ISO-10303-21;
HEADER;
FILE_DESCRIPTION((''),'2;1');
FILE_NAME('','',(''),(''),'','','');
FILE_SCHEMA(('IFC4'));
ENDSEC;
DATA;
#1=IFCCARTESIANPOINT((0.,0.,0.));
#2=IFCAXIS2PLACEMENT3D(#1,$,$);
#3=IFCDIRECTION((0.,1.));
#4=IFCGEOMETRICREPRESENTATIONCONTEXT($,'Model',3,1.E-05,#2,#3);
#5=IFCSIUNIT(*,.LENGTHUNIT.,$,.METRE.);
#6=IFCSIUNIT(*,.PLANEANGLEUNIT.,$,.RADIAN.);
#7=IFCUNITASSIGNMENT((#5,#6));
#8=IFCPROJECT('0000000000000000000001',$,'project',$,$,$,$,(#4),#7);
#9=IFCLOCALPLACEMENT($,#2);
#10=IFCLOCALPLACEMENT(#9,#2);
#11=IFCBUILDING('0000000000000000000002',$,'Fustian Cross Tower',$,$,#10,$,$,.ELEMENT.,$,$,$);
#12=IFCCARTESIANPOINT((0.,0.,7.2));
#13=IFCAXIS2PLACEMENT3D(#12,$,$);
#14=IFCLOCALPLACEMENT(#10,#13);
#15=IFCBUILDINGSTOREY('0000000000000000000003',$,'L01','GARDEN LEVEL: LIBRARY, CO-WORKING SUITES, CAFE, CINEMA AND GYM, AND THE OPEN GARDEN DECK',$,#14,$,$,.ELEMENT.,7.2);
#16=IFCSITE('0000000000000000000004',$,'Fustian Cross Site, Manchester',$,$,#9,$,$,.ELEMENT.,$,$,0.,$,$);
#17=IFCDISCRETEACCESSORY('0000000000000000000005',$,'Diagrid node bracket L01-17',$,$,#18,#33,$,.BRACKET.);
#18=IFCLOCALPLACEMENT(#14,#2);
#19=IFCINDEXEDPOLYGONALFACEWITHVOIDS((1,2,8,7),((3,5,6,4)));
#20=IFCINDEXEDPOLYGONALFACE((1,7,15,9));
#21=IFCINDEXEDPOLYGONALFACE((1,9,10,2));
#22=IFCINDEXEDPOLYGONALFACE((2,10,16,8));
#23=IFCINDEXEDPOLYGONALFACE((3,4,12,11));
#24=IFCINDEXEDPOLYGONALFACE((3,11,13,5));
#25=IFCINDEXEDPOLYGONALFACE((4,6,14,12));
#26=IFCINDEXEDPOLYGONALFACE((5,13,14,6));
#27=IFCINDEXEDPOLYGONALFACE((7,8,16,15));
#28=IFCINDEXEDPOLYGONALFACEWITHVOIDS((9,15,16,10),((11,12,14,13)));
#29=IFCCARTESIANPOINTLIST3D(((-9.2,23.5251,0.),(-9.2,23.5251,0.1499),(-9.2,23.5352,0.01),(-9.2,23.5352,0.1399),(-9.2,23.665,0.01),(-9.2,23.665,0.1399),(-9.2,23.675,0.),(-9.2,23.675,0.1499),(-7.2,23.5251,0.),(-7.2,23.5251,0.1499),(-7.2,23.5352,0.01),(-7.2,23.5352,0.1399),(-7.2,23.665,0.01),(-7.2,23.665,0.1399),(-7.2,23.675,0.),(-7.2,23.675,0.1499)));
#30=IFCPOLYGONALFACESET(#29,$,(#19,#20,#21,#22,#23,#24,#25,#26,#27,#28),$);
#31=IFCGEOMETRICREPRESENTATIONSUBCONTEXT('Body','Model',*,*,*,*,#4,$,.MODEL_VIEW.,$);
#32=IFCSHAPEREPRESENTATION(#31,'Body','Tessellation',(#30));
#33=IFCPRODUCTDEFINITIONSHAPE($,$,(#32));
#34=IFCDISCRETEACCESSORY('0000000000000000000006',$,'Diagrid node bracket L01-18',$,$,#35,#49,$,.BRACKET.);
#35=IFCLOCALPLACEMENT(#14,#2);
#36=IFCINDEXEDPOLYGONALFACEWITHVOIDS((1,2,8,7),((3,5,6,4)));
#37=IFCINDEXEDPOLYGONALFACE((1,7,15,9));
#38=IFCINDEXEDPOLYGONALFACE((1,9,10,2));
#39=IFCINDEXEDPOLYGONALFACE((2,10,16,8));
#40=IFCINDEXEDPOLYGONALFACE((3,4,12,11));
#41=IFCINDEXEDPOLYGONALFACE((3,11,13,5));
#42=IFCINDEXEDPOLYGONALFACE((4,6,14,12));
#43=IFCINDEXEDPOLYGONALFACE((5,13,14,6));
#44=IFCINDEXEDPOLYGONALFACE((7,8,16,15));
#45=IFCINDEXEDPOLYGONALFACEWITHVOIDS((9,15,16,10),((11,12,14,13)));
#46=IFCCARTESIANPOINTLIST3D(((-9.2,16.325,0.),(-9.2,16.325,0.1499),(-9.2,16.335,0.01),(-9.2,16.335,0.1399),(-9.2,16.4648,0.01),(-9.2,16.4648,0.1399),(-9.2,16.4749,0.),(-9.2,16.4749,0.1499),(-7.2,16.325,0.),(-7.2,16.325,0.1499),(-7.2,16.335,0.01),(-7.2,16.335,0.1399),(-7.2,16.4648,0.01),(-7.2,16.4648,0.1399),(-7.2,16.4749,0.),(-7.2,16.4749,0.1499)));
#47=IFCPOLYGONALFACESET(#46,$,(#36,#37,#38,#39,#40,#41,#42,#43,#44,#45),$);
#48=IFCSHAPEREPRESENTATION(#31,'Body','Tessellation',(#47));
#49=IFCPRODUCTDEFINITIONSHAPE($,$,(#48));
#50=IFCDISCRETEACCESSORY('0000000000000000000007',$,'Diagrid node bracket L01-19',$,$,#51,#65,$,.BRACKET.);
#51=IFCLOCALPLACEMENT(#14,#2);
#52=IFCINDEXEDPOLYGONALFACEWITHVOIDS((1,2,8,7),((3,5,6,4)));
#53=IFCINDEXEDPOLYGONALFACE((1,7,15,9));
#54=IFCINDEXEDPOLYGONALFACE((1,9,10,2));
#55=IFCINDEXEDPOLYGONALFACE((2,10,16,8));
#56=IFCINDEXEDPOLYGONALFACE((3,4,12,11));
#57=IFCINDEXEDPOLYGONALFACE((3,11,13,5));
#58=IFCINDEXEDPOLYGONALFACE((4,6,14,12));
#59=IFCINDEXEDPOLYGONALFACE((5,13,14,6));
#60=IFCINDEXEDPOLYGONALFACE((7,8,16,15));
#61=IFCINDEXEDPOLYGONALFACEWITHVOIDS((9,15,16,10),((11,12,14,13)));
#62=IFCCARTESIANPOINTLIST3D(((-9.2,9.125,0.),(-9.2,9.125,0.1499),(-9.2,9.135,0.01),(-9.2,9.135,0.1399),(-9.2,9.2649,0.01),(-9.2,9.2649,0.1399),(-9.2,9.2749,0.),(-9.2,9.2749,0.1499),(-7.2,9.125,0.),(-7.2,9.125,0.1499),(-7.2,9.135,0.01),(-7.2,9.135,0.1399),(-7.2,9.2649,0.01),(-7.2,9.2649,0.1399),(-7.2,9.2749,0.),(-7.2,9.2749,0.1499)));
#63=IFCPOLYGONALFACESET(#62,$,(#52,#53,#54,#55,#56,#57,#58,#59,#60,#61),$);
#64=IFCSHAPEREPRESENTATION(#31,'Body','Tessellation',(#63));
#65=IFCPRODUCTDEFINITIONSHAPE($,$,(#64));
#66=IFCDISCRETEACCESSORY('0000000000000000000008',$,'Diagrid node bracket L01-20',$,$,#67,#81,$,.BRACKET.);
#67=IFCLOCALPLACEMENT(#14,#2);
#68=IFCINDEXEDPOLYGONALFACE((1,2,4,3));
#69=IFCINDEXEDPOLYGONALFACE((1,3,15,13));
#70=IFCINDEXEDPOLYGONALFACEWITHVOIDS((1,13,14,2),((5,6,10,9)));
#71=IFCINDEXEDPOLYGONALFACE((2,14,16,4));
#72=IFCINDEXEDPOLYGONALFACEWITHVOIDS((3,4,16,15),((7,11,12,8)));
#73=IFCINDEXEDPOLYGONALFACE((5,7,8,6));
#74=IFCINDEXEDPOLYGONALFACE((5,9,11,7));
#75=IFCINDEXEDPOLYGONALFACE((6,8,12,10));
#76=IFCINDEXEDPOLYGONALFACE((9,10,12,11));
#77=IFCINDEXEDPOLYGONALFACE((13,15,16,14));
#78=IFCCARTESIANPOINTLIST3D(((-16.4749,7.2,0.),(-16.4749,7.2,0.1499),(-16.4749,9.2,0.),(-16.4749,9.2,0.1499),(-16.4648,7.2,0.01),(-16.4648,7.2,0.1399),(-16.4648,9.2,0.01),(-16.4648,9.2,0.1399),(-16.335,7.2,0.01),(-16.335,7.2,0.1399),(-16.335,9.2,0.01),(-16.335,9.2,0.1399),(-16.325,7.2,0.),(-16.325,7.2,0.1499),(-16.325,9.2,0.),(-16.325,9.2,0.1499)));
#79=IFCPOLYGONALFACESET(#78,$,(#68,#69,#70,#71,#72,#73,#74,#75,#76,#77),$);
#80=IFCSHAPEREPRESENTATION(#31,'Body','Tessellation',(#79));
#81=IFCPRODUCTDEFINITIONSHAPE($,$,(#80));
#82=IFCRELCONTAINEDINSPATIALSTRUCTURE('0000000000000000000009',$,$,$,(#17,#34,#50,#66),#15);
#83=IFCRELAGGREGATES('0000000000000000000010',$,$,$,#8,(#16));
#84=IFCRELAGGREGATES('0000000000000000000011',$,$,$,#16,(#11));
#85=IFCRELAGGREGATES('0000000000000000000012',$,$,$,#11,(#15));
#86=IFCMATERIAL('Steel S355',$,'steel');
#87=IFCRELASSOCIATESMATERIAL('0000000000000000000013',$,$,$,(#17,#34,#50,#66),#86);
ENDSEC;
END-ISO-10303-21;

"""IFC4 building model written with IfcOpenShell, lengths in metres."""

from ifc_helpers import new_model, si_unit, direction, frame, origin, origin_2d, place, context, subcontext, project, spatial, hollow_rectangle, extrude, material, element, save


model = new_model("IFC4")

# Units and contexts
model_context = context("Model", 3, precision=1e-05, world=origin(), true_north=direction((0.0, 1.0)))
body_context = subcontext(model_context, "Body", "Model", "MODEL_VIEW")
ifc_project = project(units=[si_unit("LENGTHUNIT", "METRE"), si_unit("PLANEANGLEUNIT", "RADIAN")], contexts=[model_context])

# Site, building, storey
site_placement = place(None, origin())
site = spatial("IfcSite", under=ifc_project, at=site_placement, Name="Fustian Cross Site, Manchester", CompositionType="ELEMENT", RefElevation=0.0)
building_placement = place(site_placement, origin())
building = spatial("IfcBuilding", under=site, at=building_placement, Name="Fustian Cross Tower", CompositionType="ELEMENT")
storey_placement = place(building_placement, frame((0.0, 0.0, 7.2)))
storey = spatial("IfcBuildingStorey", under=building, at=storey_placement, Name="L01", Description="GARDEN LEVEL: LIBRARY, CO-WORKING SUITES, CAFE, CINEMA AND GYM, AND THE OPEN GARDEN DECK", CompositionType="ELEMENT", Elevation=7.2)

# Discrete accessories
ifc_material_1 = material(Name="Steel S355", Category="steel")
for number, where, z_axis, x_axis, name in (
    (1, (-9.2, 23.6001, 0.075), (1.0, 0.0, 0.0), (0.0, 1.0, 0.0), "Diagrid node bracket L01-17"),
    (2, (-9.2, 16.3999, 0.075), (1.0, 0.0, 0.0), (0.0, 1.0, 0.0), "Diagrid node bracket L01-18"),
    (3, (-9.2, 9.2, 0.075), (1.0, 0.0, 0.0), (0.0, 1.0, 0.0), "Diagrid node bracket L01-19"),
    (4, (-16.3999, 9.2, 0.075), (0.0, -1.0, 0.0), (1.0, 0.0, 0.0), "Diagrid node bracket L01-20"),
):
    element("IfcDiscreteAccessory", number, at=place(storey_placement, frame(where, z_axis=z_axis, x_axis=x_axis)), inside=storey, material=ifc_material_1, Name=name, PredefinedType="BRACKET", context=body_context, shape_type="SweptSolid", body=[
        extrude(hollow_rectangle(XDim=0.1499, YDim=0.1499, WallThickness=0.01, at=origin_2d()), origin(), (0.0, 0.0, 1.0), 2.0),
    ])

save(model, "model.ifc")
